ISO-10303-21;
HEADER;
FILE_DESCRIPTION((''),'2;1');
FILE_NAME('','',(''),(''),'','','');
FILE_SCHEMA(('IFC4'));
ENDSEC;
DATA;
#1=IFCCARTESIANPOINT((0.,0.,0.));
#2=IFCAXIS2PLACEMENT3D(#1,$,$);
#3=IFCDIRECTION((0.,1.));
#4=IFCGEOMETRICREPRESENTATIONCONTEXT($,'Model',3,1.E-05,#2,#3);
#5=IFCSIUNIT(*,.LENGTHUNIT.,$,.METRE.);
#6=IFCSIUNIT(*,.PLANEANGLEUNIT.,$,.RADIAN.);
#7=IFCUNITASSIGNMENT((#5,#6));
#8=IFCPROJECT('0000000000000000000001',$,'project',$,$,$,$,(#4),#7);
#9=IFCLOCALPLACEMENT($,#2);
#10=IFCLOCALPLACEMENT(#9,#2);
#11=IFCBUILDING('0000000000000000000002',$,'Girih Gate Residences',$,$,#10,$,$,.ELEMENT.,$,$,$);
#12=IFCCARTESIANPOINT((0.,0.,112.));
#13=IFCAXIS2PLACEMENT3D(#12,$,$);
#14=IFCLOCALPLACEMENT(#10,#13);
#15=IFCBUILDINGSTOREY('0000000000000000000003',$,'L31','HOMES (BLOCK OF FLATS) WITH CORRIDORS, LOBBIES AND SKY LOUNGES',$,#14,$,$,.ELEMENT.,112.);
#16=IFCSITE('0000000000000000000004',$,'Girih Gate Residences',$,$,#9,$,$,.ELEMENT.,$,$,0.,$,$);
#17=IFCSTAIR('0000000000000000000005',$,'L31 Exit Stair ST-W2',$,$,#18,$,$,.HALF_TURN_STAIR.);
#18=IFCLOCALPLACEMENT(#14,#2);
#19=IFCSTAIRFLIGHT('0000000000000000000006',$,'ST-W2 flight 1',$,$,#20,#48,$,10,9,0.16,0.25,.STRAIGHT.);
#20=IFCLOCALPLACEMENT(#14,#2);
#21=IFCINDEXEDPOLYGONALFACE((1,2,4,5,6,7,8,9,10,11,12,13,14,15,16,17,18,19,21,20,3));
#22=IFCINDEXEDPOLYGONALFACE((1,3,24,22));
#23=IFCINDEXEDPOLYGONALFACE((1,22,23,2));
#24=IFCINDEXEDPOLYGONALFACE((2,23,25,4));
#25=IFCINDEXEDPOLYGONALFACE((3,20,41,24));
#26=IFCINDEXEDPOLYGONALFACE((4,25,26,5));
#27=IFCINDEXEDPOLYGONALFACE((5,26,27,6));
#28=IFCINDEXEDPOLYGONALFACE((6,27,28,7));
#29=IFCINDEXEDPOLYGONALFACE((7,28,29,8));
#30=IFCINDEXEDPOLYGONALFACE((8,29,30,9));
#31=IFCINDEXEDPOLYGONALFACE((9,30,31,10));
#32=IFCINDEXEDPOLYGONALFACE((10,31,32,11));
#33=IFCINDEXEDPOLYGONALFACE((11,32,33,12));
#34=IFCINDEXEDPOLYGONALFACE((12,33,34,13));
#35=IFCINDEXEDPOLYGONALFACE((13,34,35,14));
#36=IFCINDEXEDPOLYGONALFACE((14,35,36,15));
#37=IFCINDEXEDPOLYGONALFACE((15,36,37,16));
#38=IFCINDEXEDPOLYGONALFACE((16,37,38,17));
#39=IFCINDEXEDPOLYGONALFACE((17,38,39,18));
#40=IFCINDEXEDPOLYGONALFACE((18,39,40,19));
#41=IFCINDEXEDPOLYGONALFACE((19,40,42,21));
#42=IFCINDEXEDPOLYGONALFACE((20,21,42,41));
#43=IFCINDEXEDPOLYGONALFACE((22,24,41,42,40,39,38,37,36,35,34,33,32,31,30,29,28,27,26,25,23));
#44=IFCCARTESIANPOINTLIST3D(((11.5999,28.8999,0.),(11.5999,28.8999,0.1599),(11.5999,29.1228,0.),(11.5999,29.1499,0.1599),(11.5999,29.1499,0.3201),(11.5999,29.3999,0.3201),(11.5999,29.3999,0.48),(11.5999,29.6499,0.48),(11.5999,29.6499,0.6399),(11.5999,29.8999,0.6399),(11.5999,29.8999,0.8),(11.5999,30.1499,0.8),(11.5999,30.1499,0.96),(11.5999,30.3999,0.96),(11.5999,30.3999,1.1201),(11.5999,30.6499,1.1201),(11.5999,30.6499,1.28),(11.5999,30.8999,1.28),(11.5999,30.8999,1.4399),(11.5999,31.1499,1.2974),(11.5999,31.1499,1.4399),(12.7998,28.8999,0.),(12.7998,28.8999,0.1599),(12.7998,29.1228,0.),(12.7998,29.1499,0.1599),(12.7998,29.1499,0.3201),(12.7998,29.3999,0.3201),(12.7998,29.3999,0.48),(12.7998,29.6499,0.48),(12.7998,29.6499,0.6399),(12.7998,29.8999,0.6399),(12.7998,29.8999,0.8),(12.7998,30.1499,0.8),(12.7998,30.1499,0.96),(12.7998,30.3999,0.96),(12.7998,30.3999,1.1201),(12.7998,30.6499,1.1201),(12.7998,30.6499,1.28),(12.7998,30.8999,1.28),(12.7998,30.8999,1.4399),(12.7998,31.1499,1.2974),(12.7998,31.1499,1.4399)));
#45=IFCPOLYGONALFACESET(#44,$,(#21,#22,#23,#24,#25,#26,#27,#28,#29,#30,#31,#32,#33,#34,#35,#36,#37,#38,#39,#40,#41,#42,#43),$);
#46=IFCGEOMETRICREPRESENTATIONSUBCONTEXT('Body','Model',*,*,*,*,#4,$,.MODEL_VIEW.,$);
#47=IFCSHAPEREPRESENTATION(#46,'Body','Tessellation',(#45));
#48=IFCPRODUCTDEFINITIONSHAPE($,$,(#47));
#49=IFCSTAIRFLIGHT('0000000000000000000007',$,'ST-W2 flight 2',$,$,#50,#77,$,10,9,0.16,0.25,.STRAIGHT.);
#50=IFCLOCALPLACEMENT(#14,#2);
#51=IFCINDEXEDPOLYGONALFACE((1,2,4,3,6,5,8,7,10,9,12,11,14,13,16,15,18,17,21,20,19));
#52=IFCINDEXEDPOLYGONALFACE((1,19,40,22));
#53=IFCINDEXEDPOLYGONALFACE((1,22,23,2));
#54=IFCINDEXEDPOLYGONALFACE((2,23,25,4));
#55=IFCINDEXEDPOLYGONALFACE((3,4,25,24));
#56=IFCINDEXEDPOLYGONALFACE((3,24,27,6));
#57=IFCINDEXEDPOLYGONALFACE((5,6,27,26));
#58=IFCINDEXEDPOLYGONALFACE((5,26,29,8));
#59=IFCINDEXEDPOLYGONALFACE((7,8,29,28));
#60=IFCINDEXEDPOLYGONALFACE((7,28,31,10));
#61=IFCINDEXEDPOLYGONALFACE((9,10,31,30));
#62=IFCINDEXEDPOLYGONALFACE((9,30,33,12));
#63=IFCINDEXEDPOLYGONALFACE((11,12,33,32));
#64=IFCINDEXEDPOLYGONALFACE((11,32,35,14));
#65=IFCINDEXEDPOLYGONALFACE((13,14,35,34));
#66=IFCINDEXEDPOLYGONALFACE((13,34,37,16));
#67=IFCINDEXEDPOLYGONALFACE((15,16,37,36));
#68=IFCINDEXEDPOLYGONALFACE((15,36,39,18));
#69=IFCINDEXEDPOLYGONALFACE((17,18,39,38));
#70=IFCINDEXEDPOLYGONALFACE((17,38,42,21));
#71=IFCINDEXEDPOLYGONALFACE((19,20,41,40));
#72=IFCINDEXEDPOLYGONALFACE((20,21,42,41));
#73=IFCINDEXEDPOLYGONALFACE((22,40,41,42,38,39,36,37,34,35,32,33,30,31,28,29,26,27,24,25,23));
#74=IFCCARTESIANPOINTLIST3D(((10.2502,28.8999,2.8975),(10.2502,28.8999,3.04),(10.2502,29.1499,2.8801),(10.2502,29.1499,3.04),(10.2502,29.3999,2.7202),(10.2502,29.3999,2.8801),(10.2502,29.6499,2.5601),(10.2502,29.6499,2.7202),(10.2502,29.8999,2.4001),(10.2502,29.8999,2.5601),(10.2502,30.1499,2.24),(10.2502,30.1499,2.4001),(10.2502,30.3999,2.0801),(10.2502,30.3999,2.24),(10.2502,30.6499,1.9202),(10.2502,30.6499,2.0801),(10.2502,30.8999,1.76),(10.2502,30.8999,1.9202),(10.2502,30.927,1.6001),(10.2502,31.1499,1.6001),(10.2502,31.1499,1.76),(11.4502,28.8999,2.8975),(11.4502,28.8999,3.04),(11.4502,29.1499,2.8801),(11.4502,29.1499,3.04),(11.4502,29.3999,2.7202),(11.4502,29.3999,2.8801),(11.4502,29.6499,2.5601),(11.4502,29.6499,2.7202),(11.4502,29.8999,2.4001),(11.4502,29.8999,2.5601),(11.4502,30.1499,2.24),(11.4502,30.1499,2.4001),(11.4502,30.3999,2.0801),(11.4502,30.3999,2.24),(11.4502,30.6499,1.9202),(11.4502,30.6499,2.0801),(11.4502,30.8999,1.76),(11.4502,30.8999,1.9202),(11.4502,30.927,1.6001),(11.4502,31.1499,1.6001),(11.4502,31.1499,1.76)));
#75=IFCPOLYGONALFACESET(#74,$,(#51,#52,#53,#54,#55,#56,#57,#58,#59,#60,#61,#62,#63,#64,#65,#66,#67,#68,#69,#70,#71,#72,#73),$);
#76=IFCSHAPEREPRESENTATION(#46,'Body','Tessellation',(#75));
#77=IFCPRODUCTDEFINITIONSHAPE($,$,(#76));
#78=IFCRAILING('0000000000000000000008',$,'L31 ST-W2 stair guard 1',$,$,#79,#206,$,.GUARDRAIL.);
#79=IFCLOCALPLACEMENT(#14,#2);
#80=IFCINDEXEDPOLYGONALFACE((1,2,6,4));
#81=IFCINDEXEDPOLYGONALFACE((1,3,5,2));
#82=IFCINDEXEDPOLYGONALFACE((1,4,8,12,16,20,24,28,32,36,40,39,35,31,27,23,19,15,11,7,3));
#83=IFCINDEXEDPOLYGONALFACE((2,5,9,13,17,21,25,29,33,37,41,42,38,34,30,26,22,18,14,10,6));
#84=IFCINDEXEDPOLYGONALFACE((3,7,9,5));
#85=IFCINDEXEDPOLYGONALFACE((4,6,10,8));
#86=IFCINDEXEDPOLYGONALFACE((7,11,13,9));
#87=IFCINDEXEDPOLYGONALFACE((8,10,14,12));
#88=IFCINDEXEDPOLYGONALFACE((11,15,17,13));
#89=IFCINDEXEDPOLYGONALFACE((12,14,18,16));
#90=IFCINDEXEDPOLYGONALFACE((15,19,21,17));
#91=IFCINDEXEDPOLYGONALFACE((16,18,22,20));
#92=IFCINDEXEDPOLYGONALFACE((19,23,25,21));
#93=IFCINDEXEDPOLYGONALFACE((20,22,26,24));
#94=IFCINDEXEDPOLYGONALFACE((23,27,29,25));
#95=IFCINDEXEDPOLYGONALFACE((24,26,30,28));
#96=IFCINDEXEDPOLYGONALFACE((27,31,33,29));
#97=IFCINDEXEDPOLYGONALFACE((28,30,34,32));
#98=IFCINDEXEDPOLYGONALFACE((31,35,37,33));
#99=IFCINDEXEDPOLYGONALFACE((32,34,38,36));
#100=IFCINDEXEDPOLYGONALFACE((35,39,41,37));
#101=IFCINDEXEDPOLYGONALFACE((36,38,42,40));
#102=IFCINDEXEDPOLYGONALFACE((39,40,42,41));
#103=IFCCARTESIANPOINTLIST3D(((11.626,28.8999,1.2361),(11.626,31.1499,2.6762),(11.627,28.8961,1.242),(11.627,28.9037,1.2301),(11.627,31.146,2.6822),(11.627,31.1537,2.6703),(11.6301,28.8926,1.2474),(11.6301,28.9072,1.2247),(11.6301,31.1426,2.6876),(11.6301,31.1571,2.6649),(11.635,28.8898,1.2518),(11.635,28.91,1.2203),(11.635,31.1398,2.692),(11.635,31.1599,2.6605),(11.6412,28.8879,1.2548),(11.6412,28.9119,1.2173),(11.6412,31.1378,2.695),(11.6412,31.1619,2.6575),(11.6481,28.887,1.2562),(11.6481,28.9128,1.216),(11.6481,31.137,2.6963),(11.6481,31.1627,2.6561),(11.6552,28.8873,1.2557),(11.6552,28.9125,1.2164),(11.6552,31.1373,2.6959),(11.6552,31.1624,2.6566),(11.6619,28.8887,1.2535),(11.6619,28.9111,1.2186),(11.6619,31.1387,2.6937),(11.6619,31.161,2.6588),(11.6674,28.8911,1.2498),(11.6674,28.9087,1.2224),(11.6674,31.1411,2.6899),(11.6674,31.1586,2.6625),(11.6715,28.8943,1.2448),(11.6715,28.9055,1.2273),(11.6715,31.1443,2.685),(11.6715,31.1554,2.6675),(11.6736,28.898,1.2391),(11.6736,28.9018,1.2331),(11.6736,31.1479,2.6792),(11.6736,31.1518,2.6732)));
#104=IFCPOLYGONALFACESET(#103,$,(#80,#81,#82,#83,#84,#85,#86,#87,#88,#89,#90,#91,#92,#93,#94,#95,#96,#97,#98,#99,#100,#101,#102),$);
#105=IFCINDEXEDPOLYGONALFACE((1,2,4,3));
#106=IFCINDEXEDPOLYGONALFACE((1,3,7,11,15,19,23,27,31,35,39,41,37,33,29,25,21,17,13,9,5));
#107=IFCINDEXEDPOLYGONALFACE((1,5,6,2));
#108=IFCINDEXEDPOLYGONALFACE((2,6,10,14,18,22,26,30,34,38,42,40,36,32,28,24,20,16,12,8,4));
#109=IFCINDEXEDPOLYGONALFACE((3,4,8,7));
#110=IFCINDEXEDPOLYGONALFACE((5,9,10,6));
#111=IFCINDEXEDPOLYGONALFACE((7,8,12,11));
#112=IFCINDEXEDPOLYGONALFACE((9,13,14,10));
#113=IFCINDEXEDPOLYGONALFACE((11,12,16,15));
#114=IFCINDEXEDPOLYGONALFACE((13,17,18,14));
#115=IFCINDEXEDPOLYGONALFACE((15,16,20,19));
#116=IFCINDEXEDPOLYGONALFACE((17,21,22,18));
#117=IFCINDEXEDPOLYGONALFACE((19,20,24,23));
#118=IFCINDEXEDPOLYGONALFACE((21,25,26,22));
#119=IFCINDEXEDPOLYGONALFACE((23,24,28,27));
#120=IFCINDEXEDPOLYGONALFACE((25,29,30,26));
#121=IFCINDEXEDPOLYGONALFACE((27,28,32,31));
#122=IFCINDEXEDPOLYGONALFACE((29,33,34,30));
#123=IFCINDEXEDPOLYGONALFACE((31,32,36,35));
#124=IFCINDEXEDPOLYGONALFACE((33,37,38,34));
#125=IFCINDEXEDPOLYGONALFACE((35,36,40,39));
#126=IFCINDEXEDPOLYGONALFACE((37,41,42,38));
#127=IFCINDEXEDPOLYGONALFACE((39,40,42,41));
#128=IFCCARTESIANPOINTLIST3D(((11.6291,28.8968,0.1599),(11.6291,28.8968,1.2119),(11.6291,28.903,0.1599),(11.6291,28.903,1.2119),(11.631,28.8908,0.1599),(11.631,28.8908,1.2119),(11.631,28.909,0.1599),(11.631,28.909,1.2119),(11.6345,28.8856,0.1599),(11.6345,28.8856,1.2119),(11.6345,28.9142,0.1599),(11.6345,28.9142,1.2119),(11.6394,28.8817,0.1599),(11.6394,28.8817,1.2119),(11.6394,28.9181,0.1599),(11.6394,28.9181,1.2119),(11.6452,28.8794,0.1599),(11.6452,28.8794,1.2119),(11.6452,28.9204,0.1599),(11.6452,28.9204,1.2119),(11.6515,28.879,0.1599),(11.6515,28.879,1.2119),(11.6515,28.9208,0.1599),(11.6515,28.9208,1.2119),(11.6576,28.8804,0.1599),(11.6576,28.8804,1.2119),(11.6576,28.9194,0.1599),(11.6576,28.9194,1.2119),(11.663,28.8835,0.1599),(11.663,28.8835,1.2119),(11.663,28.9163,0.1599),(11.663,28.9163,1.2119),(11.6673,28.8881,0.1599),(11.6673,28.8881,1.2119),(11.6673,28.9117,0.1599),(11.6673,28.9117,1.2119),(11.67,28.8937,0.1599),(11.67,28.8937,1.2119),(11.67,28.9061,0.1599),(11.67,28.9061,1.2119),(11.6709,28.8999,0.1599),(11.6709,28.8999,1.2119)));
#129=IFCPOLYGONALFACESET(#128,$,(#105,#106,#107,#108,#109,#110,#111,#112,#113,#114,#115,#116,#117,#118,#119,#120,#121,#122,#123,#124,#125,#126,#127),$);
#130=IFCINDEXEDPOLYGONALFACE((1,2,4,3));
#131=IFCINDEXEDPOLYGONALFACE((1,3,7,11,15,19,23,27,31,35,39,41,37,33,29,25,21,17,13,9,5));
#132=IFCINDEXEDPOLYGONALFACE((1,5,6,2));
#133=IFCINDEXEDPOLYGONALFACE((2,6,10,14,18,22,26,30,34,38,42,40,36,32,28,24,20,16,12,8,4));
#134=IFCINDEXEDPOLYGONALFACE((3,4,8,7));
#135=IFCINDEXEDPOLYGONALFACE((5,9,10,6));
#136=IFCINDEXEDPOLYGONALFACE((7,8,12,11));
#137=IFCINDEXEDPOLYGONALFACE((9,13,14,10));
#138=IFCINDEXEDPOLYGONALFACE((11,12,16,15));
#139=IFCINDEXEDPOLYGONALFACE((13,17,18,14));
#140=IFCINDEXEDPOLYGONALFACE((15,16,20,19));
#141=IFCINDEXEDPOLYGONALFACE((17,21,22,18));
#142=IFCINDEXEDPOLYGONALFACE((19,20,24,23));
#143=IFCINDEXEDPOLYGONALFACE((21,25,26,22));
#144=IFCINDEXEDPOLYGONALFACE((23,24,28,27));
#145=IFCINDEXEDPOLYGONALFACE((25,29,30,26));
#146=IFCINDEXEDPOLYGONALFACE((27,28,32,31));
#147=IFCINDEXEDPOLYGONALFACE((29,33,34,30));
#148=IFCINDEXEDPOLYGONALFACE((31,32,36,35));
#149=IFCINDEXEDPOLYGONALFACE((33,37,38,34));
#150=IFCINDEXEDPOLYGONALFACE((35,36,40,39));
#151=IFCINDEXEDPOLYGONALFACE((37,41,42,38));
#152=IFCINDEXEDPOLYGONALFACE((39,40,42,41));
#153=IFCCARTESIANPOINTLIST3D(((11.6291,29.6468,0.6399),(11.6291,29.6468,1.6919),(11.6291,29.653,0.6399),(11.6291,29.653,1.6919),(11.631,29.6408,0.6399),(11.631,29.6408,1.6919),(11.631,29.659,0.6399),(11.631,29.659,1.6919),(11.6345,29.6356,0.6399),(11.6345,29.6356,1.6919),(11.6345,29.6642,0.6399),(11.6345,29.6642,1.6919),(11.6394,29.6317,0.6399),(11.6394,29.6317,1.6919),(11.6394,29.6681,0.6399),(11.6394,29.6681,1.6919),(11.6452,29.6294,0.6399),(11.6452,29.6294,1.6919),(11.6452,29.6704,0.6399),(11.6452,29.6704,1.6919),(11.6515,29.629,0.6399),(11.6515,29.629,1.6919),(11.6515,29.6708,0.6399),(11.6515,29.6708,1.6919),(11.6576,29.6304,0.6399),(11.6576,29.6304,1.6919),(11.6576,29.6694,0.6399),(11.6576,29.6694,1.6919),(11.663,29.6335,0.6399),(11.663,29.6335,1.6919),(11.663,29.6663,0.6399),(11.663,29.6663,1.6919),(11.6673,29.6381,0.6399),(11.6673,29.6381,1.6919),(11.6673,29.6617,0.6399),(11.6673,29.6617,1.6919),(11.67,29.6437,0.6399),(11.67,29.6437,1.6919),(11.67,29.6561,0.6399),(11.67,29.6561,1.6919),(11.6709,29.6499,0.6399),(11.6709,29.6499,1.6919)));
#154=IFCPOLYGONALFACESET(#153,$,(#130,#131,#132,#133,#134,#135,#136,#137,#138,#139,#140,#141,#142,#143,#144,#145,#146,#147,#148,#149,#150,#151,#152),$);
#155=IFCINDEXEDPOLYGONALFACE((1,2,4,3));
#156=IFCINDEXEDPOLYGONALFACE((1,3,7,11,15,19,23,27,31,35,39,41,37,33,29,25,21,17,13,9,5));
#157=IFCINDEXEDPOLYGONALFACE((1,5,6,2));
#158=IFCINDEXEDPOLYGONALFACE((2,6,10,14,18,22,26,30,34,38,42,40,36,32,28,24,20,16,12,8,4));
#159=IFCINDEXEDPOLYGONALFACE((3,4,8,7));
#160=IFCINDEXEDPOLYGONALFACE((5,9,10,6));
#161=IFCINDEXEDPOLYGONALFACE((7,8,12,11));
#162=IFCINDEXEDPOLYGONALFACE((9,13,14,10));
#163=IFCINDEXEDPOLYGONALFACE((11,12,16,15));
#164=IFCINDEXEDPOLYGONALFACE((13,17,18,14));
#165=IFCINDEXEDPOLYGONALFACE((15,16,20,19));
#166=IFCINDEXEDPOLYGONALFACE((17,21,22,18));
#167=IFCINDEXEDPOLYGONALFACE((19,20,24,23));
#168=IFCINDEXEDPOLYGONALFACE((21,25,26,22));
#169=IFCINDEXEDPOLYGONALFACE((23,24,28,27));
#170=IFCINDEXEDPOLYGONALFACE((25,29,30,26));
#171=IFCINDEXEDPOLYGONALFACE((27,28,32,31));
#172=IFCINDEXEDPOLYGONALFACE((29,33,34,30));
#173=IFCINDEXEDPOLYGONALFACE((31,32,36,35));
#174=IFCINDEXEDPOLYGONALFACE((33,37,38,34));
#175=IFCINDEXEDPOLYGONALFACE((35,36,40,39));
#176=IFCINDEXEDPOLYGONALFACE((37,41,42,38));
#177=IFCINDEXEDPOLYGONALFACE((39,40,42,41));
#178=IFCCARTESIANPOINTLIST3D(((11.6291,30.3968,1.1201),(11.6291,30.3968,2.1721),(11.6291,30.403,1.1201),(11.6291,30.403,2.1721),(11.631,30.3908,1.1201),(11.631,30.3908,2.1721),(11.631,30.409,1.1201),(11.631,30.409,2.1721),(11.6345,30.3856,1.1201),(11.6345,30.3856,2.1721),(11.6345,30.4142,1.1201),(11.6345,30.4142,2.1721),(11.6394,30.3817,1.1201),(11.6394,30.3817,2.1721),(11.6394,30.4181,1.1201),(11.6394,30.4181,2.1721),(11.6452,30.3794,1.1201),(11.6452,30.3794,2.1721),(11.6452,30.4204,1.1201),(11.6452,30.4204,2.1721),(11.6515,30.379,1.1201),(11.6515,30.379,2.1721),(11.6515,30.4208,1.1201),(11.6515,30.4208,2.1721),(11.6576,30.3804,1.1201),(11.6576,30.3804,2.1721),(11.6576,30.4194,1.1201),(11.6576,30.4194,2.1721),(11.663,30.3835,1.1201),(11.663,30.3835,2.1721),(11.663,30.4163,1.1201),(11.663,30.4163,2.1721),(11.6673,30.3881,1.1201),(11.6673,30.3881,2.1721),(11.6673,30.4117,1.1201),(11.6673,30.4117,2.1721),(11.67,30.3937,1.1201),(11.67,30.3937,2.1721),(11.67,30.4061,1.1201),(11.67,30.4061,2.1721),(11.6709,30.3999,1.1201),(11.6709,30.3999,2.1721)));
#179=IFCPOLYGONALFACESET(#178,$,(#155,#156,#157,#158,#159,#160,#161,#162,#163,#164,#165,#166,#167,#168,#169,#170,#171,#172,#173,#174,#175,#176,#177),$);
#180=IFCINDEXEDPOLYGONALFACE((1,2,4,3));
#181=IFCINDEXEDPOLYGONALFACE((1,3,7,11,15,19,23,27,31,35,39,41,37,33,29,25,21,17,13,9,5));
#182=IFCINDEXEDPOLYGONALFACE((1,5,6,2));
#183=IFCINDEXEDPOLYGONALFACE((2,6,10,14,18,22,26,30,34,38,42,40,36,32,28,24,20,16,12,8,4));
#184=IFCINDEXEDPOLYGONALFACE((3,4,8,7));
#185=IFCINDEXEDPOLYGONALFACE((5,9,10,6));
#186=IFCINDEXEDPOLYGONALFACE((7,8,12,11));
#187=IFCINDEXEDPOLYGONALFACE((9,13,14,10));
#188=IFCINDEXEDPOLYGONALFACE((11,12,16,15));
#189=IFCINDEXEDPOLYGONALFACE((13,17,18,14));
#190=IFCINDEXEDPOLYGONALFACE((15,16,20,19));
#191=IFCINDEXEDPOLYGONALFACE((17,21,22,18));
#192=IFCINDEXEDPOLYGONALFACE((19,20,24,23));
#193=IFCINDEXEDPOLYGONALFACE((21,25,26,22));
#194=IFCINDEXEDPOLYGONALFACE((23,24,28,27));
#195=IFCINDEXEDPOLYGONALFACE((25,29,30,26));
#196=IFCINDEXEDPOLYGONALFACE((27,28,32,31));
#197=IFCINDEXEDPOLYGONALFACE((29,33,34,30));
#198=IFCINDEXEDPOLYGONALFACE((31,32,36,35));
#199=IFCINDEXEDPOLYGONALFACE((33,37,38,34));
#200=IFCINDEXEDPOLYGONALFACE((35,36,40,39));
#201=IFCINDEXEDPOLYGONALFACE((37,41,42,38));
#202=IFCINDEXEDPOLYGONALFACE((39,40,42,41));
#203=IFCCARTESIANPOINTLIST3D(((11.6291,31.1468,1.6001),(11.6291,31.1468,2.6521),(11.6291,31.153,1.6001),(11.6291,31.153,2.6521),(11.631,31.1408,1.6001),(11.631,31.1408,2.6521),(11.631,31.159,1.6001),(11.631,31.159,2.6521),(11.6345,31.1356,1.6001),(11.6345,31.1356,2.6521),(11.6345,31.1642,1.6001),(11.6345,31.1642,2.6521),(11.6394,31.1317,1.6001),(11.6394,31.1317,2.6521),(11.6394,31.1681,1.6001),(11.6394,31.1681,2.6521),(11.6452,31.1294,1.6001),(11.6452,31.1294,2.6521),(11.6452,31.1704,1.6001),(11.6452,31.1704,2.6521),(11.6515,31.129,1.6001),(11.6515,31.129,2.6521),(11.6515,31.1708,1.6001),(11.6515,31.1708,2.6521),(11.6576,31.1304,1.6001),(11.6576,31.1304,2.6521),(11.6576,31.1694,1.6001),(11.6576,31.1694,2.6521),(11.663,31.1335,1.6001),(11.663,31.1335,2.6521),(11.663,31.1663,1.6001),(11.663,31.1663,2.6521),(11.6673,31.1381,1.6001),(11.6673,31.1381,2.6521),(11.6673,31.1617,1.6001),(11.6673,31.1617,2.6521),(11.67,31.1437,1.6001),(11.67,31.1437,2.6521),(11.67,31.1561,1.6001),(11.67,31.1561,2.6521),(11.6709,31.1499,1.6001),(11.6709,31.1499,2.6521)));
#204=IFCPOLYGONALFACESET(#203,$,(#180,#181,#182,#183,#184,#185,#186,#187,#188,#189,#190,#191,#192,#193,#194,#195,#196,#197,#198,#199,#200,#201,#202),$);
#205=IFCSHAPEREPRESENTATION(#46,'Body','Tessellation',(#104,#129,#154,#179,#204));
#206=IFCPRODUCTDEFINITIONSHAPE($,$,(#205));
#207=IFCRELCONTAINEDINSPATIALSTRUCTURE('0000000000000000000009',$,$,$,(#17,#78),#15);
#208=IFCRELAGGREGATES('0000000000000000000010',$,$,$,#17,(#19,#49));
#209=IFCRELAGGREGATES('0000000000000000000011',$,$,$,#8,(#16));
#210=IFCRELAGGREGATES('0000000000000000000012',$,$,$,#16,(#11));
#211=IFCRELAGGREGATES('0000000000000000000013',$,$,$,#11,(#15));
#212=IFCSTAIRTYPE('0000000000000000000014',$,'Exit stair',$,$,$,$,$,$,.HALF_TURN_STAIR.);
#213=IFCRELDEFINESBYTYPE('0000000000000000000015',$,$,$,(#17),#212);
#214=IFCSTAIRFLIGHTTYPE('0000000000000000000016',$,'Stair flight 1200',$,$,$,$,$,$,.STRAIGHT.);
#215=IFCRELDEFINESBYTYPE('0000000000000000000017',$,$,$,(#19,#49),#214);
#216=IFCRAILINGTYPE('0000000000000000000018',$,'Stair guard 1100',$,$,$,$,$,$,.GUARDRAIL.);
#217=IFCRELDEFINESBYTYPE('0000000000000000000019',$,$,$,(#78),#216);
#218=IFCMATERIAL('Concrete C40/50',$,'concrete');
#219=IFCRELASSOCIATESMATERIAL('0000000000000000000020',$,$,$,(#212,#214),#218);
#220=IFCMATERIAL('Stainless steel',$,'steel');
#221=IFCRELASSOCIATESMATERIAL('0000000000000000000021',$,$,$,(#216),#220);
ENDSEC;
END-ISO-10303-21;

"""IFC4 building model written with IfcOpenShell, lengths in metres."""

from ifc_helpers import new_model, si_unit, direction, frame, origin, origin_2d, place, context, subcontext, project, spatial, polyline, circle, outline, extrude, material, type_object, element, aggregate, save


model = new_model("IFC4")

# Units and contexts
model_context = context("Model", 3, precision=1e-05, world=origin(), true_north=direction((0.0, 1.0)))
body_context = subcontext(model_context, "Body", "Model", "MODEL_VIEW")
ifc_project = project(units=[si_unit("LENGTHUNIT", "METRE"), si_unit("PLANEANGLEUNIT", "RADIAN")], contexts=[model_context])

# Site, building, storey
site_placement = place(None, origin())
site = spatial("IfcSite", under=ifc_project, at=site_placement, Name="Girih Gate Residences", CompositionType="ELEMENT", RefElevation=0.0)
building_placement = place(site_placement, origin())
building = spatial("IfcBuilding", under=site, at=building_placement, Name="Girih Gate Residences", CompositionType="ELEMENT")
storey_placement = place(building_placement, frame((0.0, 0.0, 112.0)))
storey = spatial("IfcBuildingStorey", under=building, at=storey_placement, Name="L31", Description="HOMES (BLOCK OF FLATS) WITH CORRIDORS, LOBBIES AND SKY LOUNGES", CompositionType="ELEMENT", Elevation=112.0)

# Shared definitions
ifc_material_1 = material(Name="Concrete C40/50", Category="concrete")

# Stair, stair flights
stair_type = type_object("IfcStairType", Name="Exit stair", PredefinedType="HALF_TURN_STAIR", material=ifc_material_1)
stair_placement = place(storey_placement, origin())
stair = element("IfcStair", 1, at=stair_placement, inside=storey, type_object=stair_type, Name="L31 Exit Stair ST-W2", PredefinedType="HALF_TURN_STAIR")
stair_flight_type = type_object("IfcStairFlightType", Name="Stair flight 1200", PredefinedType="STRAIGHT", material=ifc_material_1)
stair_flight_1_placement = place(storey_placement, frame((12.2, 28.8999, 0.0), z_axis=(0.0, 0.0, 1.0), x_axis=(0.0, 1.0, 0.0)))
stair_flight_1 = element("IfcStairFlight", 2, at=stair_flight_1_placement, type_object=stair_flight_type, Name="ST-W2 flight 1", NumberOfRisers=10, NumberOfTreads=9, PredefinedType="STRAIGHT", RiserHeight=0.16, TreadLength=0.25, context=body_context, shape_type="SweptSolid", body=[
    extrude(outline(polyline([(0.0, 0.0), (0.0, 0.1599), (0.25, 0.1599), (0.25, 0.3201), (0.5, 0.3201), (0.5, 0.48), (0.75, 0.48), (0.75, 0.6399), (1.0, 0.6399), (1.0, 0.8), (1.25, 0.8), (1.25, 0.96), (1.5, 0.96), (1.5, 1.1201), (1.75, 1.1201), (1.75, 1.28), (2.0, 1.28), (2.0, 1.4399), (2.25, 1.4399), (2.25, 1.6001), (2.25, 1.2974), (0.2229, 0.0), (0.0, 0.0)])), frame((0.0, 0.6001, 0.0), z_axis=(0.0, -1.0, 0.0), x_axis=(1.0, 0.0, 0.0)), (0.0, 0.0, 1.0), 1.2),
])
stair_flight_2_placement = place(storey_placement, frame((10.8501, 31.1499, 1.6001), z_axis=(0.0, 0.0, 1.0), x_axis=(0.0, -1.0, 0.0)))
stair_flight_2 = element("IfcStairFlight", 3, at=stair_flight_2_placement, type_object=stair_flight_type, Name="ST-W2 flight 2", NumberOfRisers=10, NumberOfTreads=9, PredefinedType="STRAIGHT", RiserHeight=0.16, TreadLength=0.25, context=body_context, shape_type="SweptSolid", body=[
    extrude(outline(polyline([(0.0, 0.0), (0.0, 0.1599), (0.25, 0.1599), (0.25, 0.3201), (0.5, 0.3201), (0.5, 0.48), (0.75, 0.48), (0.75, 0.6399), (1.0, 0.6399), (1.0, 0.8), (1.25, 0.8), (1.25, 0.96), (1.5, 0.96), (1.5, 1.1201), (1.75, 1.1201), (1.75, 1.28), (2.0, 1.28), (2.0, 1.4399), (2.25, 1.4399), (2.25, 1.6001), (2.25, 1.2974), (0.2229, 0.0), (0.0, 0.0)])), frame((0.0, 0.6001, 0.0), z_axis=(0.0, -1.0, 0.0), x_axis=(1.0, 0.0, 0.0)), (0.0, 0.0, 1.0), 1.2),
])
aggregate(stair, [stair_flight_1, stair_flight_2])

# Railing
ifc_material_2 = material(Name="Stainless steel", Category="steel")
railing_type_1 = type_object("IfcRailingType", Name="Stair guard 1100", PredefinedType="GUARDRAIL", material=ifc_material_2)
railing_1_placement = place(storey_placement, frame((11.6499, 28.8999, 0.1599)))
element("IfcRailing", 4, at=railing_1_placement, inside=storey, type_object=railing_type_1, Name="L31 ST-W2 stair guard 1", PredefinedType="GUARDRAIL", context=body_context, shape_type="SweptSolid", body=[
    extrude(circle(Radius=0.0239, at=origin_2d()), frame((0.0, 0.0, 1.0762), z_axis=(0.0, 0.84224, 0.539103), x_axis=(-1.0, 0.0, 0.0)), (0.0, 0.0, 1.0), 2.6714),
    extrude(circle(Radius=0.021, at=origin_2d()), origin(), (0.0, 0.0, 1.0), 1.052),
    extrude(circle(Radius=0.021, at=origin_2d()), frame((0.0, 0.75, 0.48)), (0.0, 0.0, 1.0), 1.052),
    extrude(circle(Radius=0.021, at=origin_2d()), frame((0.0, 1.5, 0.9602)), (0.0, 0.0, 1.0), 1.052),
    extrude(circle(Radius=0.021, at=origin_2d()), frame((0.0, 2.25, 1.4402)), (0.0, 0.0, 1.0), 1.052),
])

save(model, "model.ifc")
